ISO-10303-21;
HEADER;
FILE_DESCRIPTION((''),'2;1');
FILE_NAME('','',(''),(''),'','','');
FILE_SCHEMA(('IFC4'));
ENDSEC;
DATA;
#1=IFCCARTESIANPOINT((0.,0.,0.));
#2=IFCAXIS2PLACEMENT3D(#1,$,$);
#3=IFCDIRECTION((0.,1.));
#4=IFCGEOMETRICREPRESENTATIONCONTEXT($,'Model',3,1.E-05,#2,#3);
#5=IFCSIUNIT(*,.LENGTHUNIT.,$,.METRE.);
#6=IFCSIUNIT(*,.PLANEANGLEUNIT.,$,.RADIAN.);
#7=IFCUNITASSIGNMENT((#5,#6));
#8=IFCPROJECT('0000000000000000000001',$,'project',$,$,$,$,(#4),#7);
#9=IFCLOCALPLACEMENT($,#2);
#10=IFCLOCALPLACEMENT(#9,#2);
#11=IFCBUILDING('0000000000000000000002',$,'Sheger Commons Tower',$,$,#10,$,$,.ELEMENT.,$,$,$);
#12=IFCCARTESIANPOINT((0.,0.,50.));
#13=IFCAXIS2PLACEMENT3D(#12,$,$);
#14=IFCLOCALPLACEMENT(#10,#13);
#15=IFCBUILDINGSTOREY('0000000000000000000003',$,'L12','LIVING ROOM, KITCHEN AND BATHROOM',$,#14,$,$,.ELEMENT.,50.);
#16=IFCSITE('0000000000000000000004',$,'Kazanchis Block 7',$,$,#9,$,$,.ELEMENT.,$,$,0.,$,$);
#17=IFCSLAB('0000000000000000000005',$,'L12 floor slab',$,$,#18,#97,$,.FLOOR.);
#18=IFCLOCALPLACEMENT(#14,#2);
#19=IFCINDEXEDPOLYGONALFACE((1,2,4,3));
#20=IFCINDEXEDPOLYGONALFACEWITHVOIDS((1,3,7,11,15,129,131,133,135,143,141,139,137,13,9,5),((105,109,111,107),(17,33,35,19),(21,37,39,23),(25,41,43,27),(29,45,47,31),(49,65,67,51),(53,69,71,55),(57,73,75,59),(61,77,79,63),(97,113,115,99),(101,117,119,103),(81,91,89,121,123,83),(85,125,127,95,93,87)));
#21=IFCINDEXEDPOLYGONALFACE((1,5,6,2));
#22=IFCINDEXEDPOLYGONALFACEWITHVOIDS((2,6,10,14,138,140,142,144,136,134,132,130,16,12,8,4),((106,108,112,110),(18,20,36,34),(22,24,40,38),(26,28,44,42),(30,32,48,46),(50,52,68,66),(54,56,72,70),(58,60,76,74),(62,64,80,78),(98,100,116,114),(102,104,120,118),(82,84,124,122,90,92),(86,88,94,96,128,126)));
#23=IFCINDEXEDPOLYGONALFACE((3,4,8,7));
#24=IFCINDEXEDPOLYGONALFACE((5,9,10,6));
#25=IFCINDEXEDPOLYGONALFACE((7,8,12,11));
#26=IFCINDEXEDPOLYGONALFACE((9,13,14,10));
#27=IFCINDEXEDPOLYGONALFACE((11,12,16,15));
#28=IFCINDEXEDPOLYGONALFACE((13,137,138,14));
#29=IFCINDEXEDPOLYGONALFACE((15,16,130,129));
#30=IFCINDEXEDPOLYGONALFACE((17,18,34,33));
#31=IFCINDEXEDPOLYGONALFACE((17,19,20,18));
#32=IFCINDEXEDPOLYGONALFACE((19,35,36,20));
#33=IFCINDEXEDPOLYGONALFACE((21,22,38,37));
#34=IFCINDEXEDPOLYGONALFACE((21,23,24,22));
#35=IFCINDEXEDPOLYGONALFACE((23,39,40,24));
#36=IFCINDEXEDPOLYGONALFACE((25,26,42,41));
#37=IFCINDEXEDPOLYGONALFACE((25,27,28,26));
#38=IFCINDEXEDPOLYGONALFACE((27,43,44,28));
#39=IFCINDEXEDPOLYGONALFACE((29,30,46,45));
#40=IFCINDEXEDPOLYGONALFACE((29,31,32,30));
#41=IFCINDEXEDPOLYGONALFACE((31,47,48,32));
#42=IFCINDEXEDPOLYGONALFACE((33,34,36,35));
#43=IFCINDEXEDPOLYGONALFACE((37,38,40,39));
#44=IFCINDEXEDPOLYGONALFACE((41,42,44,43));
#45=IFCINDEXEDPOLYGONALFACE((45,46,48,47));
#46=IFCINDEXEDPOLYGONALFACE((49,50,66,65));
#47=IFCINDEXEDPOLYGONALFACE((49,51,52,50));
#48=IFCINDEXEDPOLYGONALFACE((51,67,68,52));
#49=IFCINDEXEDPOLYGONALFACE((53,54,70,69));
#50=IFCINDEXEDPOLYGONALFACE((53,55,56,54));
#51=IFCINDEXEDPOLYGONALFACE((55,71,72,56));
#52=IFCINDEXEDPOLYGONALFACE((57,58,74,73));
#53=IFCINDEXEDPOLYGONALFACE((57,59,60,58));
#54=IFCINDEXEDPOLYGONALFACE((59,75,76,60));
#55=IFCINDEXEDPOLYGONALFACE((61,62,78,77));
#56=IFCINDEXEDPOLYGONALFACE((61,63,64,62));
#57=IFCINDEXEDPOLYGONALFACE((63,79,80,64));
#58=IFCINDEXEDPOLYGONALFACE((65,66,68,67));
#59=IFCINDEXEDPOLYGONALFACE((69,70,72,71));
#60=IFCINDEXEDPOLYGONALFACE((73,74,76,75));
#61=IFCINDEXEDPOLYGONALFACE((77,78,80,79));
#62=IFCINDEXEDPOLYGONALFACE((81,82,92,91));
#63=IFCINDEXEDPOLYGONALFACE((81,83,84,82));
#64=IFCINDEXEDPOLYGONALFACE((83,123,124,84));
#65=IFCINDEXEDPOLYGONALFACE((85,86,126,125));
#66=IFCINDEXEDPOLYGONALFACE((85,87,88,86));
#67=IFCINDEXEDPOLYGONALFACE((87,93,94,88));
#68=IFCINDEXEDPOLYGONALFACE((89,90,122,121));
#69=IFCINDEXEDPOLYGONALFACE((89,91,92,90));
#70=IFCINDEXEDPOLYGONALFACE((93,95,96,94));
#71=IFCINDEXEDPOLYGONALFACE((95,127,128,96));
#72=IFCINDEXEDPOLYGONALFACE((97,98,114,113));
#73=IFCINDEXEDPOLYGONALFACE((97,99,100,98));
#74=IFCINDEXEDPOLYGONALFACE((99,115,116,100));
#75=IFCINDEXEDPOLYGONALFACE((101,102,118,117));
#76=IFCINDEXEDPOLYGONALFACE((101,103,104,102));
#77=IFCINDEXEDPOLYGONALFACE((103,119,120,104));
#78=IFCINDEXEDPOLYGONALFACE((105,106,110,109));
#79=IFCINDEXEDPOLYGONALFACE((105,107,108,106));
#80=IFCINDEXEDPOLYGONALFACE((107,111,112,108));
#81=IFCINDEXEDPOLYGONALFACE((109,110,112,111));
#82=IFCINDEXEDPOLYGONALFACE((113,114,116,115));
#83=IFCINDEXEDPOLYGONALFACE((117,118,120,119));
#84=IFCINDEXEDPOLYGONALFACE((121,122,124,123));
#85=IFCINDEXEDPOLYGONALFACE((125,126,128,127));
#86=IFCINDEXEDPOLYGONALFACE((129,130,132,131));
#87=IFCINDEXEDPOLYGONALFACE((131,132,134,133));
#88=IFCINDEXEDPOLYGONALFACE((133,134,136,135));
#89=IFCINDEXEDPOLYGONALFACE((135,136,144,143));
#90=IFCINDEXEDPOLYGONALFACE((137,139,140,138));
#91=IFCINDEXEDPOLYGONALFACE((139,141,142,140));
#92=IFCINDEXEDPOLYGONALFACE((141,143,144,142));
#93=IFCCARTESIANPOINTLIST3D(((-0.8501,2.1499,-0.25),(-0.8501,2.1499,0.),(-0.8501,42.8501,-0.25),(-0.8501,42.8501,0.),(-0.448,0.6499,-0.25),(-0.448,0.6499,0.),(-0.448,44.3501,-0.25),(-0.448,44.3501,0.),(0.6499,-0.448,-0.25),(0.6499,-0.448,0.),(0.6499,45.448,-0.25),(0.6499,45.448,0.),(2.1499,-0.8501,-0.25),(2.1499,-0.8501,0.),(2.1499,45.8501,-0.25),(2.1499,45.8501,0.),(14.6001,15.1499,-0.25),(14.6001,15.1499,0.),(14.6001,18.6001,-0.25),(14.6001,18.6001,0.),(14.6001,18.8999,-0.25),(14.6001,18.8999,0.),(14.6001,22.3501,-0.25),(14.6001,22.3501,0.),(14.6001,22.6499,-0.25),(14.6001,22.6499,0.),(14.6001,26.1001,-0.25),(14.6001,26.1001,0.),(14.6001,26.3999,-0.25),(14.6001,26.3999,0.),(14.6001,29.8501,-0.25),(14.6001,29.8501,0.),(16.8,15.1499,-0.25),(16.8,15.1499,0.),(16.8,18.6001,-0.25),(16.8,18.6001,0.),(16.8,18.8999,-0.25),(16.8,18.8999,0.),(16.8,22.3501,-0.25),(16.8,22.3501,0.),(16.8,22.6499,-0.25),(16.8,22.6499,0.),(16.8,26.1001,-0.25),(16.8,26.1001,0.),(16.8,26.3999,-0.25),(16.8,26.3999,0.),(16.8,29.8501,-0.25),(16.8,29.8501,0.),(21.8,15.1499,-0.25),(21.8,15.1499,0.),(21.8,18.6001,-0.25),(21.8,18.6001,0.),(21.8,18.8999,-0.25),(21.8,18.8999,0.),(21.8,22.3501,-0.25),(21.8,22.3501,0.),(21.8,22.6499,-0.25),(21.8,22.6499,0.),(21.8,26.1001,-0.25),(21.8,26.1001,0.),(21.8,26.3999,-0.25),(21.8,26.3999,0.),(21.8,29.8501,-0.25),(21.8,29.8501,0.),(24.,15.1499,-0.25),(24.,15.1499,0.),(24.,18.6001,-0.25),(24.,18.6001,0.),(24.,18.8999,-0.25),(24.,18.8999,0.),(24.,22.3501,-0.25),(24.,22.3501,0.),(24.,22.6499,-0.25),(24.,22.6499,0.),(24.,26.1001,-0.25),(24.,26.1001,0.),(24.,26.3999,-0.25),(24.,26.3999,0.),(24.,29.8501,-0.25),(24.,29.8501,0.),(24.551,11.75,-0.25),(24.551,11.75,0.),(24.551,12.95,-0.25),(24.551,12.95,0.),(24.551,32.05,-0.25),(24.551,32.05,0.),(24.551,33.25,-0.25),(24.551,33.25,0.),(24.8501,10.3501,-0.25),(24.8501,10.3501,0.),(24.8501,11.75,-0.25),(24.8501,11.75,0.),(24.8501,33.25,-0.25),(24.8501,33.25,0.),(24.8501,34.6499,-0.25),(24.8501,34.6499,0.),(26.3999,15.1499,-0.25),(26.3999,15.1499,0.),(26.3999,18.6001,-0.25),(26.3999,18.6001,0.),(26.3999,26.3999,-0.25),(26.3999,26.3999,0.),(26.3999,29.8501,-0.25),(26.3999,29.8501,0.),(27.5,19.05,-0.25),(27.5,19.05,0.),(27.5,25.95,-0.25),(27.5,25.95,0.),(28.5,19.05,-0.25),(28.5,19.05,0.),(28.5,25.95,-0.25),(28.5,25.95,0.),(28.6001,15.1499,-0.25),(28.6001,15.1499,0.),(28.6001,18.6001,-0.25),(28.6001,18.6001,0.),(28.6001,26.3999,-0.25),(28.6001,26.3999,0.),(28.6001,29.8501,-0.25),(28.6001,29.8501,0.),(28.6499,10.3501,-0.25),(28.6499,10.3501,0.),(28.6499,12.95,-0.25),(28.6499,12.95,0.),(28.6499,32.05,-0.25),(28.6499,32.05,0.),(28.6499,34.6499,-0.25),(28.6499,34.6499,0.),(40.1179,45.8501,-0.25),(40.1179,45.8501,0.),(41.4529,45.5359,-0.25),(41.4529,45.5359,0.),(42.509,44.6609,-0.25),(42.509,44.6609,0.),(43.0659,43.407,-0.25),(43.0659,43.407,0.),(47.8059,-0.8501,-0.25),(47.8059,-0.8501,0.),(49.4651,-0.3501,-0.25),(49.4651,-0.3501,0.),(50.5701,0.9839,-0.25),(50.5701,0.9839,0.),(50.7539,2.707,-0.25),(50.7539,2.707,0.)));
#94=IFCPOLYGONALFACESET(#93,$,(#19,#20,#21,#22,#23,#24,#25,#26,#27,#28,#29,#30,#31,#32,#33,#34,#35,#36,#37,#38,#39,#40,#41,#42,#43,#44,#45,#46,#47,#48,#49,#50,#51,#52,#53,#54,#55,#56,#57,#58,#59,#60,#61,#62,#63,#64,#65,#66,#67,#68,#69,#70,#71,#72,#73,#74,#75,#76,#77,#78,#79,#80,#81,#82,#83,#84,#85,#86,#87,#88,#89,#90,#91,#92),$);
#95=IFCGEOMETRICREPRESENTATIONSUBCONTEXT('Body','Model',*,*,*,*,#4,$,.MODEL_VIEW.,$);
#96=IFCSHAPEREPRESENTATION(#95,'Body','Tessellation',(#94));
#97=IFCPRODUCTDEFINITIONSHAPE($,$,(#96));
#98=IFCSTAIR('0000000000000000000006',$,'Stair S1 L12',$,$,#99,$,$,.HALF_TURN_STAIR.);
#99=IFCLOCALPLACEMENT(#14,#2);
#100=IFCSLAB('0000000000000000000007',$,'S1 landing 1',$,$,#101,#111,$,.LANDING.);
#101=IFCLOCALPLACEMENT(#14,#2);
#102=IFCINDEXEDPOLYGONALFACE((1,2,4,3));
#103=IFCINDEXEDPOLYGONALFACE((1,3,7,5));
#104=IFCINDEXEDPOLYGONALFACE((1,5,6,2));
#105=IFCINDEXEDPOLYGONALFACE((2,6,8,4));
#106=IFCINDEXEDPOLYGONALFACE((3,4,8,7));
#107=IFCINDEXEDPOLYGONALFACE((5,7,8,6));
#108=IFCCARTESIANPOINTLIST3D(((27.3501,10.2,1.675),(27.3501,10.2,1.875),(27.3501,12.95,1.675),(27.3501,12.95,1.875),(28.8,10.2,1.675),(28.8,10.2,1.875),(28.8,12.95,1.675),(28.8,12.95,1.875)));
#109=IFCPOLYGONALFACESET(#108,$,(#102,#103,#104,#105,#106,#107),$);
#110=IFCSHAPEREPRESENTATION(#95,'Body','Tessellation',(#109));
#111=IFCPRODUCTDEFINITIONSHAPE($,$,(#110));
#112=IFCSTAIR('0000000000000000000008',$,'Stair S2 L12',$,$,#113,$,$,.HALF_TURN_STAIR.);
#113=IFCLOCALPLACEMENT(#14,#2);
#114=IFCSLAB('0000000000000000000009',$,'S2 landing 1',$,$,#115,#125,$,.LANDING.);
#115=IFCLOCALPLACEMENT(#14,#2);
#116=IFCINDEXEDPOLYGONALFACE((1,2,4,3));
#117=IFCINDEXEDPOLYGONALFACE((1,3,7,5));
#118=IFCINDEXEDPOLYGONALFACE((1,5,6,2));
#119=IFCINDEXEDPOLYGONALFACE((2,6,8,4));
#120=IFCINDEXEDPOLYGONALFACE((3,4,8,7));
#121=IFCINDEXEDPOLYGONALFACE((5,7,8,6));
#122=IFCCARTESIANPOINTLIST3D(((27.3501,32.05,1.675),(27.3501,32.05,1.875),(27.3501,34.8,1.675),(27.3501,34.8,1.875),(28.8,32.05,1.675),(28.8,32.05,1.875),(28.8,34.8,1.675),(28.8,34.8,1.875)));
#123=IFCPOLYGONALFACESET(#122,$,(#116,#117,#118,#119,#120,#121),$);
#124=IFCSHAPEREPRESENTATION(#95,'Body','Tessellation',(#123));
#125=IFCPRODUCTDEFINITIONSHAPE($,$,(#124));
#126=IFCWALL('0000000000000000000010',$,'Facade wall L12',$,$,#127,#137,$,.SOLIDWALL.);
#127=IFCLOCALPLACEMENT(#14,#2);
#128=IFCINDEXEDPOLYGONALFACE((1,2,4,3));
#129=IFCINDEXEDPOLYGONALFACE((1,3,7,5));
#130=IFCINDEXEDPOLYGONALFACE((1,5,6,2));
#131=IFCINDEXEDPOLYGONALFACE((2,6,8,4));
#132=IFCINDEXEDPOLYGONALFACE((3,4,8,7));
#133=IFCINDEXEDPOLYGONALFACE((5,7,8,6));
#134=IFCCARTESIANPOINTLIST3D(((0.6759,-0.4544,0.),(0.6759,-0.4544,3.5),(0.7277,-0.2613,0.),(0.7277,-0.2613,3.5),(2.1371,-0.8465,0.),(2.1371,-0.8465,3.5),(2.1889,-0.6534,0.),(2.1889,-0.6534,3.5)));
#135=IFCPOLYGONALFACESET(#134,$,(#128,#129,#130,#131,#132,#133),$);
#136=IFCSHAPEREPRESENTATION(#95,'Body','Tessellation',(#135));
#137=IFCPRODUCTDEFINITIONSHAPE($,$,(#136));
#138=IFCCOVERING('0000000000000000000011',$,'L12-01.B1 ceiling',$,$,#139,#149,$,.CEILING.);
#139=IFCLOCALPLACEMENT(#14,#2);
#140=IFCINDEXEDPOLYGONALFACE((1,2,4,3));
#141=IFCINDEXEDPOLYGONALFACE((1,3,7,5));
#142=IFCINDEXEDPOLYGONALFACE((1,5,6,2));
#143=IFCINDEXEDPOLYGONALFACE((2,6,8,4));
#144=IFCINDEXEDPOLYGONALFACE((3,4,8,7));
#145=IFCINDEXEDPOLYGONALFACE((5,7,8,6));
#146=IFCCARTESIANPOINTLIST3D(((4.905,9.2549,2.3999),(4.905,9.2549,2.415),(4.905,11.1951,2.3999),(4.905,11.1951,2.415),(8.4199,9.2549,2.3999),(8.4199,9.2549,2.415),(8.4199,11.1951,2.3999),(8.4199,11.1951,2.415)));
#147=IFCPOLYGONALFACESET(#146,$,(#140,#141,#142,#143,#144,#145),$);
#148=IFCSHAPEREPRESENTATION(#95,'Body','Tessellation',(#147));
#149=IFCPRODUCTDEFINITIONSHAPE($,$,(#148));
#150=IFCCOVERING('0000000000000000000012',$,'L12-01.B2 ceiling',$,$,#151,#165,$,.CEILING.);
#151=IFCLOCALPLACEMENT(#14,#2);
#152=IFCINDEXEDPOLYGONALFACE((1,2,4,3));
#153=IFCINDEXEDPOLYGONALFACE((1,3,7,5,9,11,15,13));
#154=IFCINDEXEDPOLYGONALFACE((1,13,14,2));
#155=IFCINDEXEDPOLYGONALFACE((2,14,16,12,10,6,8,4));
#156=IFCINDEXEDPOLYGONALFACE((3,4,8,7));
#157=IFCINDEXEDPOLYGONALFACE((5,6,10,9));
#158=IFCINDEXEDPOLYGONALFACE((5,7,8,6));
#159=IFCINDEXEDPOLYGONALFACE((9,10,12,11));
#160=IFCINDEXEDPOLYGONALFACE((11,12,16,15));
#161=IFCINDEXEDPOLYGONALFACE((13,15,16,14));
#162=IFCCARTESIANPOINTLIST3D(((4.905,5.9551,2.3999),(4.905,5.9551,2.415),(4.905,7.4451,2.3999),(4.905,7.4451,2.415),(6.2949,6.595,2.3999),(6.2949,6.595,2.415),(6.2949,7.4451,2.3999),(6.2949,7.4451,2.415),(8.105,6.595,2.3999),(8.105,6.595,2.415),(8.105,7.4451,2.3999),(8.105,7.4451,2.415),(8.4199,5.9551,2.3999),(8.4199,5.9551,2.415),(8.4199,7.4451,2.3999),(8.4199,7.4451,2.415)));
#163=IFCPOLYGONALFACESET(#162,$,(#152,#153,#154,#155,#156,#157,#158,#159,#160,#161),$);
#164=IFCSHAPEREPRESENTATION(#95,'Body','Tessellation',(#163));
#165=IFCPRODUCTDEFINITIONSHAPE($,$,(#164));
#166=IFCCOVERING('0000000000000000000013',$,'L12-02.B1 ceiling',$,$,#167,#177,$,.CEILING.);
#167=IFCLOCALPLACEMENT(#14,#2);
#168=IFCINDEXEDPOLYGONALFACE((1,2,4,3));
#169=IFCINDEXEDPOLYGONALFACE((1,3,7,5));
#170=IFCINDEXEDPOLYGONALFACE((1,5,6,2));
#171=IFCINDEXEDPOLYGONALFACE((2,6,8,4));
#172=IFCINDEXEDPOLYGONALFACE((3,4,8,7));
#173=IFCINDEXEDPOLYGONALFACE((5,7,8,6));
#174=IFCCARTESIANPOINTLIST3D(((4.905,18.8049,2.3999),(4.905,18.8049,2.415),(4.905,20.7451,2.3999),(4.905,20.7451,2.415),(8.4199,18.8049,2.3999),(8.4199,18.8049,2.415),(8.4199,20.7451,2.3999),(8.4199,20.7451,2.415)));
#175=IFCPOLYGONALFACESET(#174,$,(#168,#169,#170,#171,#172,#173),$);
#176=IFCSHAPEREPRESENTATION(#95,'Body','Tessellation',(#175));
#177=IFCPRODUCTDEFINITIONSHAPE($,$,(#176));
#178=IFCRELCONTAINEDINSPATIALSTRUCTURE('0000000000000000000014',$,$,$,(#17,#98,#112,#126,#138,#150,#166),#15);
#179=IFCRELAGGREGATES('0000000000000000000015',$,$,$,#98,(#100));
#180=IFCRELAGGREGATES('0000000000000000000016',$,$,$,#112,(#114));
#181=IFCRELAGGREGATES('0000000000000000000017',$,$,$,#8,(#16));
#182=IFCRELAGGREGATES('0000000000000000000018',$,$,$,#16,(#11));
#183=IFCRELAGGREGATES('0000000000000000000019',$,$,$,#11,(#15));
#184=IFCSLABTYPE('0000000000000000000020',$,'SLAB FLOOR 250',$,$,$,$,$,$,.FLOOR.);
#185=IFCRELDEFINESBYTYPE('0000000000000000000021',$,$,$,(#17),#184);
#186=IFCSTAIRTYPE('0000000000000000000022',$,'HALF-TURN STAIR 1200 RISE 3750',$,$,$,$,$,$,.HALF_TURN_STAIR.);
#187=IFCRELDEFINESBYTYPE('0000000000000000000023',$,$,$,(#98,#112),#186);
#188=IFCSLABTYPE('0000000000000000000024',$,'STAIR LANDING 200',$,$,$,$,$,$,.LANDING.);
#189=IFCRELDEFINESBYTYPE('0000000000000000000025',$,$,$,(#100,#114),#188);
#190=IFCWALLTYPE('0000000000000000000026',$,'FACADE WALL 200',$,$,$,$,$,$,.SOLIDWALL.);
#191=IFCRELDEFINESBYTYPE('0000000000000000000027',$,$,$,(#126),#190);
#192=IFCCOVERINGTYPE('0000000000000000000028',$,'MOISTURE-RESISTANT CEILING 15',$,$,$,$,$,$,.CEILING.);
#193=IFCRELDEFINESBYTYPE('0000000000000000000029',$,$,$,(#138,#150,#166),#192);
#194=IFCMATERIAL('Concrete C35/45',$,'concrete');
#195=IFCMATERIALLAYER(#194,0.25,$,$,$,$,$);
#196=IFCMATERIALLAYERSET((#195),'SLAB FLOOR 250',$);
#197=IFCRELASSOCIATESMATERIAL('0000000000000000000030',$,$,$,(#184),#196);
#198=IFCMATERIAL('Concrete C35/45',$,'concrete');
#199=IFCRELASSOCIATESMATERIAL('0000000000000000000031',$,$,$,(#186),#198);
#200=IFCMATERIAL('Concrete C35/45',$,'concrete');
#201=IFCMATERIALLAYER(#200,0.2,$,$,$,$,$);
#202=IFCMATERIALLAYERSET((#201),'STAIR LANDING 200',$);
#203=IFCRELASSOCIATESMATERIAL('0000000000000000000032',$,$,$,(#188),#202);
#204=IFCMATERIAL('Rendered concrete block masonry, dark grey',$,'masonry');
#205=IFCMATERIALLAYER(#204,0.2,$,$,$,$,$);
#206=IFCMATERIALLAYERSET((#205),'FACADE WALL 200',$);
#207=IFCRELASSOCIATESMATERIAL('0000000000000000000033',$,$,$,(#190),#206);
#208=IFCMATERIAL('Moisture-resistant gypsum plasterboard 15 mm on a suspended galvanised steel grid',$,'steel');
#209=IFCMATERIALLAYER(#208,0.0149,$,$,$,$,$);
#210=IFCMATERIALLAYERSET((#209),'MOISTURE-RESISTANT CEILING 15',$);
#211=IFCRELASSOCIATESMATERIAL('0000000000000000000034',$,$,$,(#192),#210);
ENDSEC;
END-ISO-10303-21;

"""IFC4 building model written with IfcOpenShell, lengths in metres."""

from ifc_helpers import new_model, si_unit, direction, frame, frame_2d, origin, place, context, subcontext, project, spatial, polyline, rectangle, outline, extrude, material, layer, layer_set, type_object, element, aggregate, save


model = new_model("IFC4")

# Units and contexts
model_context = context("Model", 3, precision=1e-05, world=origin(), true_north=direction((0.0, 1.0)))
body_context = subcontext(model_context, "Body", "Model", "MODEL_VIEW")
ifc_project = project(units=[si_unit("LENGTHUNIT", "METRE"), si_unit("PLANEANGLEUNIT", "RADIAN")], contexts=[model_context])

# Site, building, storey
site_placement = place(None, origin())
site = spatial("IfcSite", under=ifc_project, at=site_placement, Name="Kazanchis Block 7", CompositionType="ELEMENT", RefElevation=0.0)
building_placement = place(site_placement, origin())
building = spatial("IfcBuilding", under=site, at=building_placement, Name="Sheger Commons Tower", CompositionType="ELEMENT")
storey_placement = place(building_placement, frame((0.0, 0.0, 50.0)))
storey = spatial("IfcBuildingStorey", under=building, at=storey_placement, Name="L12", Description="LIVING ROOM, KITCHEN AND BATHROOM", CompositionType="ELEMENT", Elevation=50.0)

# Slab
ifc_material_1 = material(Name="Concrete C35/45", Category="concrete")
ifc_layer_1 = layer(ifc_material_1, 0.25)
ifc_layer_set_1 = layer_set([ifc_layer_1], Name="SLAB FLOOR 250")
slab_type_1 = type_object("IfcSlabType", Name="SLAB FLOOR 250", PredefinedType="FLOOR", material=ifc_layer_set_1)
slab_1_placement = place(storey_placement, frame((0.0, 0.0, -0.25)))
element("IfcSlab", 1, at=slab_1_placement, inside=storey, type_object=slab_type_1, Name="L12 floor slab", PredefinedType="FLOOR", context=body_context, shape_type="SweptSolid", body=[
    extrude(outline(polyline([(-0.8501, 2.1499), (-0.448, 0.6499), (0.6499, -0.448), (2.1499, -0.8501), (47.8059, -0.8501), (49.4651, -0.3501), (50.5701, 0.9839), (50.7539, 2.707), (43.0659, 43.407), (42.509, 44.6609), (41.4529, 45.5359), (40.1179, 45.8501), (2.1499, 45.8501), (0.6499, 45.448), (-0.448, 44.3501), (-0.8501, 42.8501), (-0.8501, 2.1499)]), holes=[polyline([(24.8501, 10.3501), (28.6499, 10.3501), (28.6499, 12.95), (24.551, 12.95), (24.551, 11.75), (24.8501, 11.75), (24.8501, 10.3501)]), polyline([(24.551, 32.05), (28.6499, 32.05), (28.6499, 34.6499), (24.8501, 34.6499), (24.8501, 33.25), (24.551, 33.25), (24.551, 32.05)]), polyline([(26.3999, 15.1499), (28.6001, 15.1499), (28.6001, 18.6001), (26.3999, 18.6001), (26.3999, 15.1499)]), polyline([(26.3999, 26.3999), (28.6001, 26.3999), (28.6001, 29.8501), (26.3999, 29.8501), (26.3999, 26.3999)]), polyline([(14.6001, 15.1499), (16.8, 15.1499), (16.8, 18.6001), (14.6001, 18.6001), (14.6001, 15.1499)]), polyline([(14.6001, 18.8999), (16.8, 18.8999), (16.8, 22.3501), (14.6001, 22.3501), (14.6001, 18.8999)]), polyline([(14.6001, 22.6499), (16.8, 22.6499), (16.8, 26.1001), (14.6001, 26.1001), (14.6001, 22.6499)]), polyline([(14.6001, 26.3999), (16.8, 26.3999), (16.8, 29.8501), (14.6001, 29.8501), (14.6001, 26.3999)]), polyline([(21.8, 15.1499), (24.0, 15.1499), (24.0, 18.6001), (21.8, 18.6001), (21.8, 15.1499)]), polyline([(21.8, 18.8999), (24.0, 18.8999), (24.0, 22.3501), (21.8, 22.3501), (21.8, 18.8999)]), polyline([(21.8, 22.6499), (24.0, 22.6499), (24.0, 26.1001), (21.8, 26.1001), (21.8, 22.6499)]), polyline([(21.8, 26.3999), (24.0, 26.3999), (24.0, 29.8501), (21.8, 29.8501), (21.8, 26.3999)]), polyline([(27.5, 19.05), (28.5, 19.05), (28.5, 25.95), (27.5, 25.95), (27.5, 19.05)])]), origin(), (0.0, 0.0, 1.0), 0.25),
])

# Stairs, slabs
ifc_material_2 = material(Name="Concrete C35/45", Category="concrete")
stair_type = type_object("IfcStairType", Name="HALF-TURN STAIR 1200 RISE 3750", PredefinedType="HALF_TURN_STAIR", material=ifc_material_2)
stair_1_placement = place(storey_placement, origin())
stair_1 = element("IfcStair", 2, at=stair_1_placement, inside=storey, type_object=stair_type, Name="Stair S1 L12", PredefinedType="HALF_TURN_STAIR")
ifc_material_3 = material(Name="Concrete C35/45", Category="concrete")
ifc_layer_2 = layer(ifc_material_3, 0.2)
ifc_layer_set_2 = layer_set([ifc_layer_2], Name="STAIR LANDING 200")
slab_type_2 = type_object("IfcSlabType", Name="STAIR LANDING 200", PredefinedType="LANDING", material=ifc_layer_set_2)
slab_2_placement = place(storey_placement, frame((0.0, 0.0, 1.675)))
slab_2 = element("IfcSlab", 3, at=slab_2_placement, type_object=slab_type_2, Name="S1 landing 1", PredefinedType="LANDING", context=body_context, shape_type="SweptSolid", body=[
    extrude(outline(polyline([(27.3501, 10.2), (28.8, 10.2), (28.8, 12.95), (27.3501, 12.95), (27.3501, 10.2)])), origin(), (0.0, 0.0, 1.0), 0.2),
])
aggregate(stair_1, [slab_2])
stair_2_placement = place(storey_placement, origin())
stair_2 = element("IfcStair", 4, at=stair_2_placement, inside=storey, type_object=stair_type, Name="Stair S2 L12", PredefinedType="HALF_TURN_STAIR")
slab_3_placement = place(storey_placement, frame((0.0, 0.0, 1.675)))
slab_3 = element("IfcSlab", 5, at=slab_3_placement, type_object=slab_type_2, Name="S2 landing 1", PredefinedType="LANDING", context=body_context, shape_type="SweptSolid", body=[
    extrude(outline(polyline([(27.3501, 32.05), (28.8, 32.05), (28.8, 34.8), (27.3501, 34.8), (27.3501, 32.05)])), origin(), (0.0, 0.0, 1.0), 0.2),
])
aggregate(stair_2, [slab_3])

# Wall
ifc_material_4 = material(Name="Rendered concrete block masonry, dark grey", Category="masonry")
ifc_layer_3 = layer(ifc_material_4, 0.2)
ifc_layer_set_3 = layer_set([ifc_layer_3], Name="FACADE WALL 200")
wall_type = type_object("IfcWallType", Name="FACADE WALL 200", PredefinedType="SOLIDWALL", material=ifc_layer_set_3)
wall_placement = place(storey_placement, frame((0.7019, -0.3579, 0.0), z_axis=(0.0, 0.0, 1.0), x_axis=(0.965832, -0.259169, 0.0)))
element("IfcWall", 6, at=wall_placement, inside=storey, type_object=wall_type, Name="Facade wall L12", PredefinedType="SOLIDWALL", context=body_context, shape_type="SweptSolid", body=[
    extrude(rectangle(XDim=1.5129, YDim=0.2, at=frame_2d((0.7563, 0.0))), origin(), (0.0, 0.0, 1.0), 3.5),
])

# Coverings
ifc_material_5 = material(Name="Moisture-resistant gypsum plasterboard 15 mm on a suspended galvanised steel grid", Category="steel")
ifc_layer_4 = layer(ifc_material_5, 0.0149)
ifc_layer_set_4 = layer_set([ifc_layer_4], Name="MOISTURE-RESISTANT CEILING 15")
covering_type_1 = type_object("IfcCoveringType", Name="MOISTURE-RESISTANT CEILING 15", PredefinedType="CEILING", material=ifc_layer_set_4)
covering_1_placement = place(storey_placement, frame((0.0, 0.0, 2.3999)))
element("IfcCovering", 7, at=covering_1_placement, inside=storey, type_object=covering_type_1, Name="L12-01.B1 ceiling", PredefinedType="CEILING", context=body_context, shape_type="SweptSolid", body=[
    extrude(outline(polyline([(4.905, 9.2549), (8.4199, 9.2549), (8.4199, 11.1951), (4.905, 11.1951), (4.905, 9.2549)])), origin(), (0.0, 0.0, 1.0), 0.0151),
])
covering_2_placement = place(storey_placement, frame((0.0, 0.0, 2.3999)))
element("IfcCovering", 8, at=covering_2_placement, inside=storey, type_object=covering_type_1, Name="L12-01.B2 ceiling", PredefinedType="CEILING", context=body_context, shape_type="SweptSolid", body=[
    extrude(outline(polyline([(4.905, 5.9551), (8.4199, 5.9551), (8.4199, 7.4451), (8.105, 7.4451), (8.105, 6.595), (6.2949, 6.595), (6.2949, 7.4451), (4.905, 7.4451), (4.905, 5.9551)])), origin(), (0.0, 0.0, 1.0), 0.0151),
])
covering_3_placement = place(storey_placement, frame((0.0, 0.0, 2.3999)))
element("IfcCovering", 9, at=covering_3_placement, inside=storey, type_object=covering_type_1, Name="L12-02.B1 ceiling", PredefinedType="CEILING", context=body_context, shape_type="SweptSolid", body=[
    extrude(outline(polyline([(4.905, 18.8049), (8.4199, 18.8049), (8.4199, 20.7451), (4.905, 20.7451), (4.905, 18.8049)])), origin(), (0.0, 0.0, 1.0), 0.0151),
])

save(model, "model.ifc")
